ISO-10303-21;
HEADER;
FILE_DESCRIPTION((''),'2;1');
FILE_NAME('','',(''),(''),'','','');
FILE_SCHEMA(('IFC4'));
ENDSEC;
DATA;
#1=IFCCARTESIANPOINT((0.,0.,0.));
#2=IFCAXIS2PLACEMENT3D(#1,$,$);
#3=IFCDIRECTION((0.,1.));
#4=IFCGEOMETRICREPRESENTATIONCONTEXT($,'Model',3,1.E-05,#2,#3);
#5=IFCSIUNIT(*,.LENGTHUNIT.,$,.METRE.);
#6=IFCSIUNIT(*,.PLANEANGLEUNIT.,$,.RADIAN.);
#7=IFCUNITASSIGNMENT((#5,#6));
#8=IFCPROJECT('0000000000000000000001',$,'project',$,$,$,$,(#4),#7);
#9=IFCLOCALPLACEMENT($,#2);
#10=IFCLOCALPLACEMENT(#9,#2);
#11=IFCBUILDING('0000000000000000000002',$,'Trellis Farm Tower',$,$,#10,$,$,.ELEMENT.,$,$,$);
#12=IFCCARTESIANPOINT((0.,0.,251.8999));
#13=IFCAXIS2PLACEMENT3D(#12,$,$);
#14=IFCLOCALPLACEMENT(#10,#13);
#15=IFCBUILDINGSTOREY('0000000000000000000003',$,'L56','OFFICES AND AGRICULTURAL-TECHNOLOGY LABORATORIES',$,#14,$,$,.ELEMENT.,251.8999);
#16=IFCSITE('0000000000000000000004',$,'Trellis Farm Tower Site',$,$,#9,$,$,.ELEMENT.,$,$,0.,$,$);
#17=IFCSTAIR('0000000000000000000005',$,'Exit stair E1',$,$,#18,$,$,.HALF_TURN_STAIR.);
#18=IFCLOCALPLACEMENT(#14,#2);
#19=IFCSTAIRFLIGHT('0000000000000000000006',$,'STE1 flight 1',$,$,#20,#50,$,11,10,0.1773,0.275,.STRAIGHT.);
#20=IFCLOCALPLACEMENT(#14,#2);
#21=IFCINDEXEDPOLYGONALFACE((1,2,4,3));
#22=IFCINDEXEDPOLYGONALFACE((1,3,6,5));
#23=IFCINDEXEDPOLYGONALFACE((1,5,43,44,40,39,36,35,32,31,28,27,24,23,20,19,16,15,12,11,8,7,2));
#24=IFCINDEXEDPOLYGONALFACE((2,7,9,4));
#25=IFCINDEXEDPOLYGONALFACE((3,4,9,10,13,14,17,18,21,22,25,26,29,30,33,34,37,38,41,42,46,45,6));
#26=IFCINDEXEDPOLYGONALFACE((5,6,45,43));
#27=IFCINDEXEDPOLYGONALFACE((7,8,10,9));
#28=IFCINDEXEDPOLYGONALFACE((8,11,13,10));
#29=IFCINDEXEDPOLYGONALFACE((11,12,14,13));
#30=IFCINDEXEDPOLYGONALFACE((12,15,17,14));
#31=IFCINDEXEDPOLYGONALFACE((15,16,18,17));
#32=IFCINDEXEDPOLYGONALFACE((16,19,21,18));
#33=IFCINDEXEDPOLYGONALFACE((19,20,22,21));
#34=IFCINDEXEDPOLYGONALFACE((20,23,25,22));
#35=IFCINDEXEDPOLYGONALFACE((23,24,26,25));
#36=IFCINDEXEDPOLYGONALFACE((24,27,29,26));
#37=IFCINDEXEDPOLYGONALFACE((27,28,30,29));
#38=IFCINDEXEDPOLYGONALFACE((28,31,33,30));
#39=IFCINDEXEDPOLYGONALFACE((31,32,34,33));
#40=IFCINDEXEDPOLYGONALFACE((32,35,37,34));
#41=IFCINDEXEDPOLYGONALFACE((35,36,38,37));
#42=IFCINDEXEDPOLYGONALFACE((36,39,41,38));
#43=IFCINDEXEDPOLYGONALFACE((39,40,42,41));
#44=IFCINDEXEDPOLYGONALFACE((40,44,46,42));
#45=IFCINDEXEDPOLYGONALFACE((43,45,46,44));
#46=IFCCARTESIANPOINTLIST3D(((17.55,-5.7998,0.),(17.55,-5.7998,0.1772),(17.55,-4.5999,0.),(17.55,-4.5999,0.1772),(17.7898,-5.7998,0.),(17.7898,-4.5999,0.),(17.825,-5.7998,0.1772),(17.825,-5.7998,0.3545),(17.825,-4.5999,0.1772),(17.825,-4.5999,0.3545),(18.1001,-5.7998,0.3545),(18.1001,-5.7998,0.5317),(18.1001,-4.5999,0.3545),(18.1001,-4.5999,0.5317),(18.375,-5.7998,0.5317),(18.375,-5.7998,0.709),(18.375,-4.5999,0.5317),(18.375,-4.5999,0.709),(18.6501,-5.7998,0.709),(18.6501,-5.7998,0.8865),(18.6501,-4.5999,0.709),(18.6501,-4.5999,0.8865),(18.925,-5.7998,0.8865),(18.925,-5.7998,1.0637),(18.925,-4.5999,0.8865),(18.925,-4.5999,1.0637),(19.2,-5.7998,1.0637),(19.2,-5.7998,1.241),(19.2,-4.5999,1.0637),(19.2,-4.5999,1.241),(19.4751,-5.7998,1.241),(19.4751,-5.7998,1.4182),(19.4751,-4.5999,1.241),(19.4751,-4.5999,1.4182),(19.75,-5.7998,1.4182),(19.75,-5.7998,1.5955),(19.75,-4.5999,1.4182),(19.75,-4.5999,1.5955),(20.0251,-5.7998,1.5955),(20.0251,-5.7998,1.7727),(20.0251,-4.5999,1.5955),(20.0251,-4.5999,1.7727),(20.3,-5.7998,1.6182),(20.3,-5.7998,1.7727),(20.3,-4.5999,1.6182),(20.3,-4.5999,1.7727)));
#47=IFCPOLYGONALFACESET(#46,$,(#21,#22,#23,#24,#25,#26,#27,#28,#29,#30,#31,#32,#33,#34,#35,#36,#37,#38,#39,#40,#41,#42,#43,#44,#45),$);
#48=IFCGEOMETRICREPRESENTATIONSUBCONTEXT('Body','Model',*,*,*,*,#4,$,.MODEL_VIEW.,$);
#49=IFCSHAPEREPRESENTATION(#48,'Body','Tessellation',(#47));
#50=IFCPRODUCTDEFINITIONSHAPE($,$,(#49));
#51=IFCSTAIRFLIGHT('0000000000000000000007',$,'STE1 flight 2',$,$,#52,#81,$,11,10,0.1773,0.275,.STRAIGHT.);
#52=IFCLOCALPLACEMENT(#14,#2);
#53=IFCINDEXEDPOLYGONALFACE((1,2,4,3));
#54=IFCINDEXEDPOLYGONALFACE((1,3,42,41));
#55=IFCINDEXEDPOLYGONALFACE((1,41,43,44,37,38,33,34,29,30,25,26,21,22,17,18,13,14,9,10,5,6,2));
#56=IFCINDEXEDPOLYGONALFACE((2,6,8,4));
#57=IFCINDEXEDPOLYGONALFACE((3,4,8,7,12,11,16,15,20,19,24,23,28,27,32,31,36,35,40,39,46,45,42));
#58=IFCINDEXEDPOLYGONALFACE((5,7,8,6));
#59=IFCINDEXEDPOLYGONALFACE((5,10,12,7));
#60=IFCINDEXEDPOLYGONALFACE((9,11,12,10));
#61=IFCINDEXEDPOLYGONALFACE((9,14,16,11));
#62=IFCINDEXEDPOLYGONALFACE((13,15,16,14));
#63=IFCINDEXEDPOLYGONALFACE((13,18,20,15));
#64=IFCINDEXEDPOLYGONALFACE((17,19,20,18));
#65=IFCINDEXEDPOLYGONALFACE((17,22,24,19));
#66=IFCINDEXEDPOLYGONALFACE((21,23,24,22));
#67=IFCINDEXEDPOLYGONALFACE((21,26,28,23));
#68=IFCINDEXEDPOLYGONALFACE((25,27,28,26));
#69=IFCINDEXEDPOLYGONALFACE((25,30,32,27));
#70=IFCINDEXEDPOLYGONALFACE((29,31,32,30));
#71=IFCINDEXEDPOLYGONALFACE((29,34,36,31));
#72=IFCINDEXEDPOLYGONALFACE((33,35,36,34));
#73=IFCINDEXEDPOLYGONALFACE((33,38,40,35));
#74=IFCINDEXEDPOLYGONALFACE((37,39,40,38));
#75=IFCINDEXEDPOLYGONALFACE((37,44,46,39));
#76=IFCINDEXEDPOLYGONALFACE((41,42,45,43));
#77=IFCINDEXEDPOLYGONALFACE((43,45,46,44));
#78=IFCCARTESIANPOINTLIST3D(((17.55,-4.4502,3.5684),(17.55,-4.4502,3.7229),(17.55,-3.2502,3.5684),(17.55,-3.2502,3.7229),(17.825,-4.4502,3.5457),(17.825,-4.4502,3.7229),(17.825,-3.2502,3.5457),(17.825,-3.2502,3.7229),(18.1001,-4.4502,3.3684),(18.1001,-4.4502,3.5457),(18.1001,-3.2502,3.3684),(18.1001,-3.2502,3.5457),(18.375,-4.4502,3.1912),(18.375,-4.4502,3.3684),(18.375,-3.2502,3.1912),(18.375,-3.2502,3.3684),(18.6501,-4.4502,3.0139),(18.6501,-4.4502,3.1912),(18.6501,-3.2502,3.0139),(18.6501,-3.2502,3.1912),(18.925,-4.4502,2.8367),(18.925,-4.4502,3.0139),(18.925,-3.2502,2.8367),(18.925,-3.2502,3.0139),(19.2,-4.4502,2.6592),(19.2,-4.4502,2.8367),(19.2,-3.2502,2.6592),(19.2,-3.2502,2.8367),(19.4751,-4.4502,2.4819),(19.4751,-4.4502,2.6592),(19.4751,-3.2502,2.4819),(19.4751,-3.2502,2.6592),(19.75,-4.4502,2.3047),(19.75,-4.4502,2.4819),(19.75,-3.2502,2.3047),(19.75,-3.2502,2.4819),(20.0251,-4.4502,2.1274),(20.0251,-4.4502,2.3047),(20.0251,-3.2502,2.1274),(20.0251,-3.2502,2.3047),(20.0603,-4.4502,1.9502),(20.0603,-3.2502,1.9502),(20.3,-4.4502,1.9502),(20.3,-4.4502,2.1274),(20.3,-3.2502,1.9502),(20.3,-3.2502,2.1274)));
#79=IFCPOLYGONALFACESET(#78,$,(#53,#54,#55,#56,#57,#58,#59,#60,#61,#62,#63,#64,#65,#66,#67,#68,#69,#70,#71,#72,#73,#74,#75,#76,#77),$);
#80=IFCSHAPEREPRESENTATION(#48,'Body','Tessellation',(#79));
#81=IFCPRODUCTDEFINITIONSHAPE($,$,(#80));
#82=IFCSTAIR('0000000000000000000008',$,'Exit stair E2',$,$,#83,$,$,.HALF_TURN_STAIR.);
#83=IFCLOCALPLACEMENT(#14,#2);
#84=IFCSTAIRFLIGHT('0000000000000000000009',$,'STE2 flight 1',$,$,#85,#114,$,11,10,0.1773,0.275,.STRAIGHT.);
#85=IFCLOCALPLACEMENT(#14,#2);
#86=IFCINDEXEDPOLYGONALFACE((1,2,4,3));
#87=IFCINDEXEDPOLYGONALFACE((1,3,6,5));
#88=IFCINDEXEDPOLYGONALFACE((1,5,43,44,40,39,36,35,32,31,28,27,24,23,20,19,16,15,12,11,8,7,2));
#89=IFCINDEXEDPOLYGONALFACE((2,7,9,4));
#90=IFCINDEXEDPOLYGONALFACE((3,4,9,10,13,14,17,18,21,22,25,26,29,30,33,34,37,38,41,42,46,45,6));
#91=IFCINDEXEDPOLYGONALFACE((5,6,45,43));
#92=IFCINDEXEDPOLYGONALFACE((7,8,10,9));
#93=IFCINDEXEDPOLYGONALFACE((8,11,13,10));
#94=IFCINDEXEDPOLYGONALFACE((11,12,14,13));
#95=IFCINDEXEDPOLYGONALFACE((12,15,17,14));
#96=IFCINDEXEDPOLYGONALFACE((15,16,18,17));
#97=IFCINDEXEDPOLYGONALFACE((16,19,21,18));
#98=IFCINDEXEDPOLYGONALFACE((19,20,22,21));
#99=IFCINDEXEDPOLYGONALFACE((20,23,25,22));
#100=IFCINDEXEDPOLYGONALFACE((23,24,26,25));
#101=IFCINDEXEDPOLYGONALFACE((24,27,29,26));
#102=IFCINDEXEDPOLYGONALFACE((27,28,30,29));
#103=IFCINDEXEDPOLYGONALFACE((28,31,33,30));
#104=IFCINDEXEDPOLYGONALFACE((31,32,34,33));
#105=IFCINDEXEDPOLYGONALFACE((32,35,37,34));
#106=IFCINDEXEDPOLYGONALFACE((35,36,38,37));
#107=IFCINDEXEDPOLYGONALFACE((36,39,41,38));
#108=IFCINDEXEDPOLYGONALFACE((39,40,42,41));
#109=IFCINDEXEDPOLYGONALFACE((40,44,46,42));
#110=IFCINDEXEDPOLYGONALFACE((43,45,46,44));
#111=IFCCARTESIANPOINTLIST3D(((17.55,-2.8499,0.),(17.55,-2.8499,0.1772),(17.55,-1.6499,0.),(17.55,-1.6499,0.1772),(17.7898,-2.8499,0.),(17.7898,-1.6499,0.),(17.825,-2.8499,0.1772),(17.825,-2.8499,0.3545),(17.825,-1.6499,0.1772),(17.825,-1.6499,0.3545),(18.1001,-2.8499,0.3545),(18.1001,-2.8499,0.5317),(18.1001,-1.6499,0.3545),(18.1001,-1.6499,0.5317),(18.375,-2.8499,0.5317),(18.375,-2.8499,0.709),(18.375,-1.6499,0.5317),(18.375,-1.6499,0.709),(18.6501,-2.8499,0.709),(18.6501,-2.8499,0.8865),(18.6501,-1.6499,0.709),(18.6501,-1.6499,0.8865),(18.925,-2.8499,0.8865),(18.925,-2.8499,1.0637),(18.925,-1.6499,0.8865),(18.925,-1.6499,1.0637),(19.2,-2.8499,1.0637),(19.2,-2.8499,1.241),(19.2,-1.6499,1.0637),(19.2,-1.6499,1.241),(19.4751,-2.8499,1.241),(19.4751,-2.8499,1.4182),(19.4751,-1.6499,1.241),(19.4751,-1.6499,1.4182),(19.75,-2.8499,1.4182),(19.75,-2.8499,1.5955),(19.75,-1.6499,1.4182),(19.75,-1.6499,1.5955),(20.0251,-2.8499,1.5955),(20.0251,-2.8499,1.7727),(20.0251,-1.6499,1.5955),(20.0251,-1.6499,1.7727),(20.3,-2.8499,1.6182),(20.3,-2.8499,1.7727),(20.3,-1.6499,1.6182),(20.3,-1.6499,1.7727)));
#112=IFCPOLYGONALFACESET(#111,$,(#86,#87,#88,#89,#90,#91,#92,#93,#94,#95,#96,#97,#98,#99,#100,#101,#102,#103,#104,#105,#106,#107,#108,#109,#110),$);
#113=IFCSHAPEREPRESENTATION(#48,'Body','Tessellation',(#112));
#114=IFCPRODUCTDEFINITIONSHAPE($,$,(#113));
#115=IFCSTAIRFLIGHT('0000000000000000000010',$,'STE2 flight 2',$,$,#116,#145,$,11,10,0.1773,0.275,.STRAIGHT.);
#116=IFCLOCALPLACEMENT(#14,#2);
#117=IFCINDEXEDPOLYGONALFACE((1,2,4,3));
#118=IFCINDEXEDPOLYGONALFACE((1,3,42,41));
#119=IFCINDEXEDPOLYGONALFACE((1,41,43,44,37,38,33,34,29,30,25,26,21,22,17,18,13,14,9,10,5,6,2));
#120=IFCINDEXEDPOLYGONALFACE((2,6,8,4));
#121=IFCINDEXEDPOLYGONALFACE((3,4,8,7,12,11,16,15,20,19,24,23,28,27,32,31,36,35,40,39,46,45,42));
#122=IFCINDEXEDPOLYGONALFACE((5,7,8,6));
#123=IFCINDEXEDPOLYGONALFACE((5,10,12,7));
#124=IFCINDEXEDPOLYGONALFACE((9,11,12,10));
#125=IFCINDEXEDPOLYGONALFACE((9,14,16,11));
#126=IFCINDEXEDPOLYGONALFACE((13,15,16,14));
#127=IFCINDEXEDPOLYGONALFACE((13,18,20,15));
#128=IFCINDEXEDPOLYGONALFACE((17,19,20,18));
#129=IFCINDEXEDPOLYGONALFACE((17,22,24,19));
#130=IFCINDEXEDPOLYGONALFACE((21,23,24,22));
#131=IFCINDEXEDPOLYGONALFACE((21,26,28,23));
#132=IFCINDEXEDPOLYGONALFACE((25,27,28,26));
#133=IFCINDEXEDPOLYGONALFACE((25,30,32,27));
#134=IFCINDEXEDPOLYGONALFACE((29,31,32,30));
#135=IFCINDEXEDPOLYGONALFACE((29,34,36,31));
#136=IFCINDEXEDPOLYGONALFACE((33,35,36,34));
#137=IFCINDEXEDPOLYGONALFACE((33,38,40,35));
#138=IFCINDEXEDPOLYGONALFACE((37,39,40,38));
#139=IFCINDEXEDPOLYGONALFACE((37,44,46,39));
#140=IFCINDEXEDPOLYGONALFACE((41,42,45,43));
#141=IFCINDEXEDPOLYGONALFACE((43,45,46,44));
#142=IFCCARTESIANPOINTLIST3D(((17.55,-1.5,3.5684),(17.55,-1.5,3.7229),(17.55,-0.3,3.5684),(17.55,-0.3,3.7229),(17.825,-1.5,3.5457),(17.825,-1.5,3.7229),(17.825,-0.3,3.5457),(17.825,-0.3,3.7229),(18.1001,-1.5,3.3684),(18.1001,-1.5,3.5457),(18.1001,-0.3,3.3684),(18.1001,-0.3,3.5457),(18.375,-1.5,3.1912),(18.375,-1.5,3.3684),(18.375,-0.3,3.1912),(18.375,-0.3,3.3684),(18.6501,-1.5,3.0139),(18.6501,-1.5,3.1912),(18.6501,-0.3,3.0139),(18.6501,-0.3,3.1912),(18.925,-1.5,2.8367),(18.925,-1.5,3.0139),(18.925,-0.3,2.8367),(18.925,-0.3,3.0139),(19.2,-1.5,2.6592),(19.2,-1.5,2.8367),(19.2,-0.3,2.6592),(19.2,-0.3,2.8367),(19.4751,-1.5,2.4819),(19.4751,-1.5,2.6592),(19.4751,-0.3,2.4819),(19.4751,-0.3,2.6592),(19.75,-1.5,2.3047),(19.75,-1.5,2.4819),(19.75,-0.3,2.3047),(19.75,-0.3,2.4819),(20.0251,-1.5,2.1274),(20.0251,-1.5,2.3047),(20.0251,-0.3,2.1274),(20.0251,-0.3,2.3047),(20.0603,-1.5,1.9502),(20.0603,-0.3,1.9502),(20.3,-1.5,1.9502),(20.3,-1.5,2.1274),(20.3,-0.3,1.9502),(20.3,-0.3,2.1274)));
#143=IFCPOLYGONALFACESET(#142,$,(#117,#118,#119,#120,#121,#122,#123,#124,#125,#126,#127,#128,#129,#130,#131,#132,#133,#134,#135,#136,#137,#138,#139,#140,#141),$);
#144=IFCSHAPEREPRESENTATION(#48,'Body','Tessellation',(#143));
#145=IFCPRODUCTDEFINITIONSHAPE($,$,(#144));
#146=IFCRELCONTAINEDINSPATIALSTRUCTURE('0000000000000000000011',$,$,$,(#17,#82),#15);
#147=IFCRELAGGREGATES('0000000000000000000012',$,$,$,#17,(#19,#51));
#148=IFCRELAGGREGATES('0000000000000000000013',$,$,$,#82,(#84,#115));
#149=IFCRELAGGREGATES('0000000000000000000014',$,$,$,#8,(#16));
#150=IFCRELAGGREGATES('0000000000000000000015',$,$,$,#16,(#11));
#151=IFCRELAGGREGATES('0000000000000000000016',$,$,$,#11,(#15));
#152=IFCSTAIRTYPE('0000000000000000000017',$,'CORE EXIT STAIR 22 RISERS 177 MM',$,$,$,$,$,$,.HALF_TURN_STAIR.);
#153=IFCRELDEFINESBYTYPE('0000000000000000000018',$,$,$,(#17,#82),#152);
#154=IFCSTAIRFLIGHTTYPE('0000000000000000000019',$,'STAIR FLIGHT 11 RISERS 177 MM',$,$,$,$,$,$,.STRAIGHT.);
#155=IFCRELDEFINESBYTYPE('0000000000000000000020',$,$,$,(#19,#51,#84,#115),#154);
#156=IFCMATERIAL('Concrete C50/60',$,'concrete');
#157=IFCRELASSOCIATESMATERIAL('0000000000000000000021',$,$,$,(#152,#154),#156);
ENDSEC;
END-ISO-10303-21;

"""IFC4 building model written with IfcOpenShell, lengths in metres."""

from ifc_helpers import new_model, si_unit, direction, frame, origin, place, context, subcontext, project, spatial, polyline, outline, extrude, source, transform, mapped, material, type_object, element, aggregate, save


model = new_model("IFC4")

# Units and contexts
model_context = context("Model", 3, precision=1e-05, world=origin(), true_north=direction((0.0, 1.0)))
body_context = subcontext(model_context, "Body", "Model", "MODEL_VIEW")
ifc_project = project(units=[si_unit("LENGTHUNIT", "METRE"), si_unit("PLANEANGLEUNIT", "RADIAN")], contexts=[model_context])

# Site, building, storey
site_placement = place(None, origin())
site = spatial("IfcSite", under=ifc_project, at=site_placement, Name="Trellis Farm Tower Site", CompositionType="ELEMENT", RefElevation=0.0)
building_placement = place(site_placement, origin())
building = spatial("IfcBuilding", under=site, at=building_placement, Name="Trellis Farm Tower", CompositionType="ELEMENT")
storey_placement = place(building_placement, frame((0.0, 0.0, 251.8999)))
storey = spatial("IfcBuildingStorey", under=building, at=storey_placement, Name="L56", Description="OFFICES AND AGRICULTURAL-TECHNOLOGY LABORATORIES", CompositionType="ELEMENT", Elevation=251.8999)

# Shared definitions
placement = place(storey_placement, origin())

# Stairs, stair flights
ifc_material_1 = material(Name="Concrete C50/60", Category="concrete")
stair_type = type_object("IfcStairType", Name="CORE EXIT STAIR 22 RISERS 177 MM", PredefinedType="HALF_TURN_STAIR", material=ifc_material_1)
stair_1 = element("IfcStair", 1, at=placement, inside=storey, type_object=stair_type, Name="Exit stair E1", PredefinedType="HALF_TURN_STAIR")
stair_flight_type = type_object("IfcStairFlightType", Name="STAIR FLIGHT 11 RISERS 177 MM", PredefinedType="STRAIGHT", material=ifc_material_1)
shared_shape_1 = source(origin(), body_context, "Body", "SweptSolid", [
    extrude(outline(polyline([(0.0, 0.0), (0.0, 0.1772), (0.2749, 0.1772), (0.2749, 0.3545), (0.55, 0.3545), (0.55, 0.5317), (0.825, 0.5317), (0.825, 0.709), (1.1001, 0.709), (1.1001, 0.8865), (1.375, 0.8865), (1.375, 1.0637), (1.6499, 1.0637), (1.6499, 1.241), (1.925, 1.241), (1.925, 1.4182), (2.2, 1.4182), (2.2, 1.5955), (2.4751, 1.5955), (2.4751, 1.7727), (2.75, 1.7727), (2.75, 1.95), (2.75, 1.6182), (0.2397, 0.0), (0.0, 0.0)])), frame((0.0, 0.6001, 0.0), z_axis=(0.0, -1.0, 0.0), x_axis=(1.0, 0.0, 0.0)), (0.0, 0.0, 1.0), 1.2),
])
stair_flight_1_placement = place(storey_placement, frame((17.55, -5.2, 0.0), z_axis=(0.0, 0.0, 1.0), x_axis=(1.0, 0.0, 0.0)))
stair_flight_1 = element("IfcStairFlight", 2, at=stair_flight_1_placement, type_object=stair_flight_type, Name="STE1 flight 1", NumberOfRisers=11, NumberOfTreads=10, PredefinedType="STRAIGHT", RiserHeight=0.1773, TreadLength=0.275, context=body_context, shape_type="MappedRepresentation", body=[
    mapped(shared_shape_1, transform((0.0, 0.0, 0.0))),
])
stair_flight_2_placement = place(storey_placement, frame((20.3, -3.8501, 1.9502), z_axis=(0.0, 0.0, 1.0), x_axis=(-1.0, 0.0, 0.0)))
stair_flight_2 = element("IfcStairFlight", 3, at=stair_flight_2_placement, type_object=stair_flight_type, Name="STE1 flight 2", NumberOfRisers=11, NumberOfTreads=10, PredefinedType="STRAIGHT", RiserHeight=0.1773, TreadLength=0.275, context=body_context, shape_type="MappedRepresentation", body=[
    mapped(shared_shape_1, transform((0.0, 0.0, 0.0))),
])
aggregate(stair_1, [stair_flight_1, stair_flight_2])
stair_2 = element("IfcStair", 4, at=placement, inside=storey, type_object=stair_type, Name="Exit stair E2", PredefinedType="HALF_TURN_STAIR")
stair_flight_3_placement = place(storey_placement, frame((17.55, -2.25, 0.0), z_axis=(0.0, 0.0, 1.0), x_axis=(1.0, 0.0, 0.0)))
stair_flight_3 = element("IfcStairFlight", 5, at=stair_flight_3_placement, type_object=stair_flight_type, Name="STE2 flight 1", NumberOfRisers=11, NumberOfTreads=10, PredefinedType="STRAIGHT", RiserHeight=0.1773, TreadLength=0.275, context=body_context, shape_type="MappedRepresentation", body=[
    mapped(shared_shape_1, transform((0.0, 0.0, 0.0))),
])
stair_flight_4_placement = place(storey_placement, frame((20.3, -0.8999, 1.9502), z_axis=(0.0, 0.0, 1.0), x_axis=(-1.0, 0.0, 0.0)))
stair_flight_4 = element("IfcStairFlight", 6, at=stair_flight_4_placement, type_object=stair_flight_type, Name="STE2 flight 2", NumberOfRisers=11, NumberOfTreads=10, PredefinedType="STRAIGHT", RiserHeight=0.1773, TreadLength=0.275, context=body_context, shape_type="MappedRepresentation", body=[
    mapped(shared_shape_1, transform((0.0, 0.0, 0.0))),
])
aggregate(stair_2, [stair_flight_3, stair_flight_4])

save(model, "model.ifc")
